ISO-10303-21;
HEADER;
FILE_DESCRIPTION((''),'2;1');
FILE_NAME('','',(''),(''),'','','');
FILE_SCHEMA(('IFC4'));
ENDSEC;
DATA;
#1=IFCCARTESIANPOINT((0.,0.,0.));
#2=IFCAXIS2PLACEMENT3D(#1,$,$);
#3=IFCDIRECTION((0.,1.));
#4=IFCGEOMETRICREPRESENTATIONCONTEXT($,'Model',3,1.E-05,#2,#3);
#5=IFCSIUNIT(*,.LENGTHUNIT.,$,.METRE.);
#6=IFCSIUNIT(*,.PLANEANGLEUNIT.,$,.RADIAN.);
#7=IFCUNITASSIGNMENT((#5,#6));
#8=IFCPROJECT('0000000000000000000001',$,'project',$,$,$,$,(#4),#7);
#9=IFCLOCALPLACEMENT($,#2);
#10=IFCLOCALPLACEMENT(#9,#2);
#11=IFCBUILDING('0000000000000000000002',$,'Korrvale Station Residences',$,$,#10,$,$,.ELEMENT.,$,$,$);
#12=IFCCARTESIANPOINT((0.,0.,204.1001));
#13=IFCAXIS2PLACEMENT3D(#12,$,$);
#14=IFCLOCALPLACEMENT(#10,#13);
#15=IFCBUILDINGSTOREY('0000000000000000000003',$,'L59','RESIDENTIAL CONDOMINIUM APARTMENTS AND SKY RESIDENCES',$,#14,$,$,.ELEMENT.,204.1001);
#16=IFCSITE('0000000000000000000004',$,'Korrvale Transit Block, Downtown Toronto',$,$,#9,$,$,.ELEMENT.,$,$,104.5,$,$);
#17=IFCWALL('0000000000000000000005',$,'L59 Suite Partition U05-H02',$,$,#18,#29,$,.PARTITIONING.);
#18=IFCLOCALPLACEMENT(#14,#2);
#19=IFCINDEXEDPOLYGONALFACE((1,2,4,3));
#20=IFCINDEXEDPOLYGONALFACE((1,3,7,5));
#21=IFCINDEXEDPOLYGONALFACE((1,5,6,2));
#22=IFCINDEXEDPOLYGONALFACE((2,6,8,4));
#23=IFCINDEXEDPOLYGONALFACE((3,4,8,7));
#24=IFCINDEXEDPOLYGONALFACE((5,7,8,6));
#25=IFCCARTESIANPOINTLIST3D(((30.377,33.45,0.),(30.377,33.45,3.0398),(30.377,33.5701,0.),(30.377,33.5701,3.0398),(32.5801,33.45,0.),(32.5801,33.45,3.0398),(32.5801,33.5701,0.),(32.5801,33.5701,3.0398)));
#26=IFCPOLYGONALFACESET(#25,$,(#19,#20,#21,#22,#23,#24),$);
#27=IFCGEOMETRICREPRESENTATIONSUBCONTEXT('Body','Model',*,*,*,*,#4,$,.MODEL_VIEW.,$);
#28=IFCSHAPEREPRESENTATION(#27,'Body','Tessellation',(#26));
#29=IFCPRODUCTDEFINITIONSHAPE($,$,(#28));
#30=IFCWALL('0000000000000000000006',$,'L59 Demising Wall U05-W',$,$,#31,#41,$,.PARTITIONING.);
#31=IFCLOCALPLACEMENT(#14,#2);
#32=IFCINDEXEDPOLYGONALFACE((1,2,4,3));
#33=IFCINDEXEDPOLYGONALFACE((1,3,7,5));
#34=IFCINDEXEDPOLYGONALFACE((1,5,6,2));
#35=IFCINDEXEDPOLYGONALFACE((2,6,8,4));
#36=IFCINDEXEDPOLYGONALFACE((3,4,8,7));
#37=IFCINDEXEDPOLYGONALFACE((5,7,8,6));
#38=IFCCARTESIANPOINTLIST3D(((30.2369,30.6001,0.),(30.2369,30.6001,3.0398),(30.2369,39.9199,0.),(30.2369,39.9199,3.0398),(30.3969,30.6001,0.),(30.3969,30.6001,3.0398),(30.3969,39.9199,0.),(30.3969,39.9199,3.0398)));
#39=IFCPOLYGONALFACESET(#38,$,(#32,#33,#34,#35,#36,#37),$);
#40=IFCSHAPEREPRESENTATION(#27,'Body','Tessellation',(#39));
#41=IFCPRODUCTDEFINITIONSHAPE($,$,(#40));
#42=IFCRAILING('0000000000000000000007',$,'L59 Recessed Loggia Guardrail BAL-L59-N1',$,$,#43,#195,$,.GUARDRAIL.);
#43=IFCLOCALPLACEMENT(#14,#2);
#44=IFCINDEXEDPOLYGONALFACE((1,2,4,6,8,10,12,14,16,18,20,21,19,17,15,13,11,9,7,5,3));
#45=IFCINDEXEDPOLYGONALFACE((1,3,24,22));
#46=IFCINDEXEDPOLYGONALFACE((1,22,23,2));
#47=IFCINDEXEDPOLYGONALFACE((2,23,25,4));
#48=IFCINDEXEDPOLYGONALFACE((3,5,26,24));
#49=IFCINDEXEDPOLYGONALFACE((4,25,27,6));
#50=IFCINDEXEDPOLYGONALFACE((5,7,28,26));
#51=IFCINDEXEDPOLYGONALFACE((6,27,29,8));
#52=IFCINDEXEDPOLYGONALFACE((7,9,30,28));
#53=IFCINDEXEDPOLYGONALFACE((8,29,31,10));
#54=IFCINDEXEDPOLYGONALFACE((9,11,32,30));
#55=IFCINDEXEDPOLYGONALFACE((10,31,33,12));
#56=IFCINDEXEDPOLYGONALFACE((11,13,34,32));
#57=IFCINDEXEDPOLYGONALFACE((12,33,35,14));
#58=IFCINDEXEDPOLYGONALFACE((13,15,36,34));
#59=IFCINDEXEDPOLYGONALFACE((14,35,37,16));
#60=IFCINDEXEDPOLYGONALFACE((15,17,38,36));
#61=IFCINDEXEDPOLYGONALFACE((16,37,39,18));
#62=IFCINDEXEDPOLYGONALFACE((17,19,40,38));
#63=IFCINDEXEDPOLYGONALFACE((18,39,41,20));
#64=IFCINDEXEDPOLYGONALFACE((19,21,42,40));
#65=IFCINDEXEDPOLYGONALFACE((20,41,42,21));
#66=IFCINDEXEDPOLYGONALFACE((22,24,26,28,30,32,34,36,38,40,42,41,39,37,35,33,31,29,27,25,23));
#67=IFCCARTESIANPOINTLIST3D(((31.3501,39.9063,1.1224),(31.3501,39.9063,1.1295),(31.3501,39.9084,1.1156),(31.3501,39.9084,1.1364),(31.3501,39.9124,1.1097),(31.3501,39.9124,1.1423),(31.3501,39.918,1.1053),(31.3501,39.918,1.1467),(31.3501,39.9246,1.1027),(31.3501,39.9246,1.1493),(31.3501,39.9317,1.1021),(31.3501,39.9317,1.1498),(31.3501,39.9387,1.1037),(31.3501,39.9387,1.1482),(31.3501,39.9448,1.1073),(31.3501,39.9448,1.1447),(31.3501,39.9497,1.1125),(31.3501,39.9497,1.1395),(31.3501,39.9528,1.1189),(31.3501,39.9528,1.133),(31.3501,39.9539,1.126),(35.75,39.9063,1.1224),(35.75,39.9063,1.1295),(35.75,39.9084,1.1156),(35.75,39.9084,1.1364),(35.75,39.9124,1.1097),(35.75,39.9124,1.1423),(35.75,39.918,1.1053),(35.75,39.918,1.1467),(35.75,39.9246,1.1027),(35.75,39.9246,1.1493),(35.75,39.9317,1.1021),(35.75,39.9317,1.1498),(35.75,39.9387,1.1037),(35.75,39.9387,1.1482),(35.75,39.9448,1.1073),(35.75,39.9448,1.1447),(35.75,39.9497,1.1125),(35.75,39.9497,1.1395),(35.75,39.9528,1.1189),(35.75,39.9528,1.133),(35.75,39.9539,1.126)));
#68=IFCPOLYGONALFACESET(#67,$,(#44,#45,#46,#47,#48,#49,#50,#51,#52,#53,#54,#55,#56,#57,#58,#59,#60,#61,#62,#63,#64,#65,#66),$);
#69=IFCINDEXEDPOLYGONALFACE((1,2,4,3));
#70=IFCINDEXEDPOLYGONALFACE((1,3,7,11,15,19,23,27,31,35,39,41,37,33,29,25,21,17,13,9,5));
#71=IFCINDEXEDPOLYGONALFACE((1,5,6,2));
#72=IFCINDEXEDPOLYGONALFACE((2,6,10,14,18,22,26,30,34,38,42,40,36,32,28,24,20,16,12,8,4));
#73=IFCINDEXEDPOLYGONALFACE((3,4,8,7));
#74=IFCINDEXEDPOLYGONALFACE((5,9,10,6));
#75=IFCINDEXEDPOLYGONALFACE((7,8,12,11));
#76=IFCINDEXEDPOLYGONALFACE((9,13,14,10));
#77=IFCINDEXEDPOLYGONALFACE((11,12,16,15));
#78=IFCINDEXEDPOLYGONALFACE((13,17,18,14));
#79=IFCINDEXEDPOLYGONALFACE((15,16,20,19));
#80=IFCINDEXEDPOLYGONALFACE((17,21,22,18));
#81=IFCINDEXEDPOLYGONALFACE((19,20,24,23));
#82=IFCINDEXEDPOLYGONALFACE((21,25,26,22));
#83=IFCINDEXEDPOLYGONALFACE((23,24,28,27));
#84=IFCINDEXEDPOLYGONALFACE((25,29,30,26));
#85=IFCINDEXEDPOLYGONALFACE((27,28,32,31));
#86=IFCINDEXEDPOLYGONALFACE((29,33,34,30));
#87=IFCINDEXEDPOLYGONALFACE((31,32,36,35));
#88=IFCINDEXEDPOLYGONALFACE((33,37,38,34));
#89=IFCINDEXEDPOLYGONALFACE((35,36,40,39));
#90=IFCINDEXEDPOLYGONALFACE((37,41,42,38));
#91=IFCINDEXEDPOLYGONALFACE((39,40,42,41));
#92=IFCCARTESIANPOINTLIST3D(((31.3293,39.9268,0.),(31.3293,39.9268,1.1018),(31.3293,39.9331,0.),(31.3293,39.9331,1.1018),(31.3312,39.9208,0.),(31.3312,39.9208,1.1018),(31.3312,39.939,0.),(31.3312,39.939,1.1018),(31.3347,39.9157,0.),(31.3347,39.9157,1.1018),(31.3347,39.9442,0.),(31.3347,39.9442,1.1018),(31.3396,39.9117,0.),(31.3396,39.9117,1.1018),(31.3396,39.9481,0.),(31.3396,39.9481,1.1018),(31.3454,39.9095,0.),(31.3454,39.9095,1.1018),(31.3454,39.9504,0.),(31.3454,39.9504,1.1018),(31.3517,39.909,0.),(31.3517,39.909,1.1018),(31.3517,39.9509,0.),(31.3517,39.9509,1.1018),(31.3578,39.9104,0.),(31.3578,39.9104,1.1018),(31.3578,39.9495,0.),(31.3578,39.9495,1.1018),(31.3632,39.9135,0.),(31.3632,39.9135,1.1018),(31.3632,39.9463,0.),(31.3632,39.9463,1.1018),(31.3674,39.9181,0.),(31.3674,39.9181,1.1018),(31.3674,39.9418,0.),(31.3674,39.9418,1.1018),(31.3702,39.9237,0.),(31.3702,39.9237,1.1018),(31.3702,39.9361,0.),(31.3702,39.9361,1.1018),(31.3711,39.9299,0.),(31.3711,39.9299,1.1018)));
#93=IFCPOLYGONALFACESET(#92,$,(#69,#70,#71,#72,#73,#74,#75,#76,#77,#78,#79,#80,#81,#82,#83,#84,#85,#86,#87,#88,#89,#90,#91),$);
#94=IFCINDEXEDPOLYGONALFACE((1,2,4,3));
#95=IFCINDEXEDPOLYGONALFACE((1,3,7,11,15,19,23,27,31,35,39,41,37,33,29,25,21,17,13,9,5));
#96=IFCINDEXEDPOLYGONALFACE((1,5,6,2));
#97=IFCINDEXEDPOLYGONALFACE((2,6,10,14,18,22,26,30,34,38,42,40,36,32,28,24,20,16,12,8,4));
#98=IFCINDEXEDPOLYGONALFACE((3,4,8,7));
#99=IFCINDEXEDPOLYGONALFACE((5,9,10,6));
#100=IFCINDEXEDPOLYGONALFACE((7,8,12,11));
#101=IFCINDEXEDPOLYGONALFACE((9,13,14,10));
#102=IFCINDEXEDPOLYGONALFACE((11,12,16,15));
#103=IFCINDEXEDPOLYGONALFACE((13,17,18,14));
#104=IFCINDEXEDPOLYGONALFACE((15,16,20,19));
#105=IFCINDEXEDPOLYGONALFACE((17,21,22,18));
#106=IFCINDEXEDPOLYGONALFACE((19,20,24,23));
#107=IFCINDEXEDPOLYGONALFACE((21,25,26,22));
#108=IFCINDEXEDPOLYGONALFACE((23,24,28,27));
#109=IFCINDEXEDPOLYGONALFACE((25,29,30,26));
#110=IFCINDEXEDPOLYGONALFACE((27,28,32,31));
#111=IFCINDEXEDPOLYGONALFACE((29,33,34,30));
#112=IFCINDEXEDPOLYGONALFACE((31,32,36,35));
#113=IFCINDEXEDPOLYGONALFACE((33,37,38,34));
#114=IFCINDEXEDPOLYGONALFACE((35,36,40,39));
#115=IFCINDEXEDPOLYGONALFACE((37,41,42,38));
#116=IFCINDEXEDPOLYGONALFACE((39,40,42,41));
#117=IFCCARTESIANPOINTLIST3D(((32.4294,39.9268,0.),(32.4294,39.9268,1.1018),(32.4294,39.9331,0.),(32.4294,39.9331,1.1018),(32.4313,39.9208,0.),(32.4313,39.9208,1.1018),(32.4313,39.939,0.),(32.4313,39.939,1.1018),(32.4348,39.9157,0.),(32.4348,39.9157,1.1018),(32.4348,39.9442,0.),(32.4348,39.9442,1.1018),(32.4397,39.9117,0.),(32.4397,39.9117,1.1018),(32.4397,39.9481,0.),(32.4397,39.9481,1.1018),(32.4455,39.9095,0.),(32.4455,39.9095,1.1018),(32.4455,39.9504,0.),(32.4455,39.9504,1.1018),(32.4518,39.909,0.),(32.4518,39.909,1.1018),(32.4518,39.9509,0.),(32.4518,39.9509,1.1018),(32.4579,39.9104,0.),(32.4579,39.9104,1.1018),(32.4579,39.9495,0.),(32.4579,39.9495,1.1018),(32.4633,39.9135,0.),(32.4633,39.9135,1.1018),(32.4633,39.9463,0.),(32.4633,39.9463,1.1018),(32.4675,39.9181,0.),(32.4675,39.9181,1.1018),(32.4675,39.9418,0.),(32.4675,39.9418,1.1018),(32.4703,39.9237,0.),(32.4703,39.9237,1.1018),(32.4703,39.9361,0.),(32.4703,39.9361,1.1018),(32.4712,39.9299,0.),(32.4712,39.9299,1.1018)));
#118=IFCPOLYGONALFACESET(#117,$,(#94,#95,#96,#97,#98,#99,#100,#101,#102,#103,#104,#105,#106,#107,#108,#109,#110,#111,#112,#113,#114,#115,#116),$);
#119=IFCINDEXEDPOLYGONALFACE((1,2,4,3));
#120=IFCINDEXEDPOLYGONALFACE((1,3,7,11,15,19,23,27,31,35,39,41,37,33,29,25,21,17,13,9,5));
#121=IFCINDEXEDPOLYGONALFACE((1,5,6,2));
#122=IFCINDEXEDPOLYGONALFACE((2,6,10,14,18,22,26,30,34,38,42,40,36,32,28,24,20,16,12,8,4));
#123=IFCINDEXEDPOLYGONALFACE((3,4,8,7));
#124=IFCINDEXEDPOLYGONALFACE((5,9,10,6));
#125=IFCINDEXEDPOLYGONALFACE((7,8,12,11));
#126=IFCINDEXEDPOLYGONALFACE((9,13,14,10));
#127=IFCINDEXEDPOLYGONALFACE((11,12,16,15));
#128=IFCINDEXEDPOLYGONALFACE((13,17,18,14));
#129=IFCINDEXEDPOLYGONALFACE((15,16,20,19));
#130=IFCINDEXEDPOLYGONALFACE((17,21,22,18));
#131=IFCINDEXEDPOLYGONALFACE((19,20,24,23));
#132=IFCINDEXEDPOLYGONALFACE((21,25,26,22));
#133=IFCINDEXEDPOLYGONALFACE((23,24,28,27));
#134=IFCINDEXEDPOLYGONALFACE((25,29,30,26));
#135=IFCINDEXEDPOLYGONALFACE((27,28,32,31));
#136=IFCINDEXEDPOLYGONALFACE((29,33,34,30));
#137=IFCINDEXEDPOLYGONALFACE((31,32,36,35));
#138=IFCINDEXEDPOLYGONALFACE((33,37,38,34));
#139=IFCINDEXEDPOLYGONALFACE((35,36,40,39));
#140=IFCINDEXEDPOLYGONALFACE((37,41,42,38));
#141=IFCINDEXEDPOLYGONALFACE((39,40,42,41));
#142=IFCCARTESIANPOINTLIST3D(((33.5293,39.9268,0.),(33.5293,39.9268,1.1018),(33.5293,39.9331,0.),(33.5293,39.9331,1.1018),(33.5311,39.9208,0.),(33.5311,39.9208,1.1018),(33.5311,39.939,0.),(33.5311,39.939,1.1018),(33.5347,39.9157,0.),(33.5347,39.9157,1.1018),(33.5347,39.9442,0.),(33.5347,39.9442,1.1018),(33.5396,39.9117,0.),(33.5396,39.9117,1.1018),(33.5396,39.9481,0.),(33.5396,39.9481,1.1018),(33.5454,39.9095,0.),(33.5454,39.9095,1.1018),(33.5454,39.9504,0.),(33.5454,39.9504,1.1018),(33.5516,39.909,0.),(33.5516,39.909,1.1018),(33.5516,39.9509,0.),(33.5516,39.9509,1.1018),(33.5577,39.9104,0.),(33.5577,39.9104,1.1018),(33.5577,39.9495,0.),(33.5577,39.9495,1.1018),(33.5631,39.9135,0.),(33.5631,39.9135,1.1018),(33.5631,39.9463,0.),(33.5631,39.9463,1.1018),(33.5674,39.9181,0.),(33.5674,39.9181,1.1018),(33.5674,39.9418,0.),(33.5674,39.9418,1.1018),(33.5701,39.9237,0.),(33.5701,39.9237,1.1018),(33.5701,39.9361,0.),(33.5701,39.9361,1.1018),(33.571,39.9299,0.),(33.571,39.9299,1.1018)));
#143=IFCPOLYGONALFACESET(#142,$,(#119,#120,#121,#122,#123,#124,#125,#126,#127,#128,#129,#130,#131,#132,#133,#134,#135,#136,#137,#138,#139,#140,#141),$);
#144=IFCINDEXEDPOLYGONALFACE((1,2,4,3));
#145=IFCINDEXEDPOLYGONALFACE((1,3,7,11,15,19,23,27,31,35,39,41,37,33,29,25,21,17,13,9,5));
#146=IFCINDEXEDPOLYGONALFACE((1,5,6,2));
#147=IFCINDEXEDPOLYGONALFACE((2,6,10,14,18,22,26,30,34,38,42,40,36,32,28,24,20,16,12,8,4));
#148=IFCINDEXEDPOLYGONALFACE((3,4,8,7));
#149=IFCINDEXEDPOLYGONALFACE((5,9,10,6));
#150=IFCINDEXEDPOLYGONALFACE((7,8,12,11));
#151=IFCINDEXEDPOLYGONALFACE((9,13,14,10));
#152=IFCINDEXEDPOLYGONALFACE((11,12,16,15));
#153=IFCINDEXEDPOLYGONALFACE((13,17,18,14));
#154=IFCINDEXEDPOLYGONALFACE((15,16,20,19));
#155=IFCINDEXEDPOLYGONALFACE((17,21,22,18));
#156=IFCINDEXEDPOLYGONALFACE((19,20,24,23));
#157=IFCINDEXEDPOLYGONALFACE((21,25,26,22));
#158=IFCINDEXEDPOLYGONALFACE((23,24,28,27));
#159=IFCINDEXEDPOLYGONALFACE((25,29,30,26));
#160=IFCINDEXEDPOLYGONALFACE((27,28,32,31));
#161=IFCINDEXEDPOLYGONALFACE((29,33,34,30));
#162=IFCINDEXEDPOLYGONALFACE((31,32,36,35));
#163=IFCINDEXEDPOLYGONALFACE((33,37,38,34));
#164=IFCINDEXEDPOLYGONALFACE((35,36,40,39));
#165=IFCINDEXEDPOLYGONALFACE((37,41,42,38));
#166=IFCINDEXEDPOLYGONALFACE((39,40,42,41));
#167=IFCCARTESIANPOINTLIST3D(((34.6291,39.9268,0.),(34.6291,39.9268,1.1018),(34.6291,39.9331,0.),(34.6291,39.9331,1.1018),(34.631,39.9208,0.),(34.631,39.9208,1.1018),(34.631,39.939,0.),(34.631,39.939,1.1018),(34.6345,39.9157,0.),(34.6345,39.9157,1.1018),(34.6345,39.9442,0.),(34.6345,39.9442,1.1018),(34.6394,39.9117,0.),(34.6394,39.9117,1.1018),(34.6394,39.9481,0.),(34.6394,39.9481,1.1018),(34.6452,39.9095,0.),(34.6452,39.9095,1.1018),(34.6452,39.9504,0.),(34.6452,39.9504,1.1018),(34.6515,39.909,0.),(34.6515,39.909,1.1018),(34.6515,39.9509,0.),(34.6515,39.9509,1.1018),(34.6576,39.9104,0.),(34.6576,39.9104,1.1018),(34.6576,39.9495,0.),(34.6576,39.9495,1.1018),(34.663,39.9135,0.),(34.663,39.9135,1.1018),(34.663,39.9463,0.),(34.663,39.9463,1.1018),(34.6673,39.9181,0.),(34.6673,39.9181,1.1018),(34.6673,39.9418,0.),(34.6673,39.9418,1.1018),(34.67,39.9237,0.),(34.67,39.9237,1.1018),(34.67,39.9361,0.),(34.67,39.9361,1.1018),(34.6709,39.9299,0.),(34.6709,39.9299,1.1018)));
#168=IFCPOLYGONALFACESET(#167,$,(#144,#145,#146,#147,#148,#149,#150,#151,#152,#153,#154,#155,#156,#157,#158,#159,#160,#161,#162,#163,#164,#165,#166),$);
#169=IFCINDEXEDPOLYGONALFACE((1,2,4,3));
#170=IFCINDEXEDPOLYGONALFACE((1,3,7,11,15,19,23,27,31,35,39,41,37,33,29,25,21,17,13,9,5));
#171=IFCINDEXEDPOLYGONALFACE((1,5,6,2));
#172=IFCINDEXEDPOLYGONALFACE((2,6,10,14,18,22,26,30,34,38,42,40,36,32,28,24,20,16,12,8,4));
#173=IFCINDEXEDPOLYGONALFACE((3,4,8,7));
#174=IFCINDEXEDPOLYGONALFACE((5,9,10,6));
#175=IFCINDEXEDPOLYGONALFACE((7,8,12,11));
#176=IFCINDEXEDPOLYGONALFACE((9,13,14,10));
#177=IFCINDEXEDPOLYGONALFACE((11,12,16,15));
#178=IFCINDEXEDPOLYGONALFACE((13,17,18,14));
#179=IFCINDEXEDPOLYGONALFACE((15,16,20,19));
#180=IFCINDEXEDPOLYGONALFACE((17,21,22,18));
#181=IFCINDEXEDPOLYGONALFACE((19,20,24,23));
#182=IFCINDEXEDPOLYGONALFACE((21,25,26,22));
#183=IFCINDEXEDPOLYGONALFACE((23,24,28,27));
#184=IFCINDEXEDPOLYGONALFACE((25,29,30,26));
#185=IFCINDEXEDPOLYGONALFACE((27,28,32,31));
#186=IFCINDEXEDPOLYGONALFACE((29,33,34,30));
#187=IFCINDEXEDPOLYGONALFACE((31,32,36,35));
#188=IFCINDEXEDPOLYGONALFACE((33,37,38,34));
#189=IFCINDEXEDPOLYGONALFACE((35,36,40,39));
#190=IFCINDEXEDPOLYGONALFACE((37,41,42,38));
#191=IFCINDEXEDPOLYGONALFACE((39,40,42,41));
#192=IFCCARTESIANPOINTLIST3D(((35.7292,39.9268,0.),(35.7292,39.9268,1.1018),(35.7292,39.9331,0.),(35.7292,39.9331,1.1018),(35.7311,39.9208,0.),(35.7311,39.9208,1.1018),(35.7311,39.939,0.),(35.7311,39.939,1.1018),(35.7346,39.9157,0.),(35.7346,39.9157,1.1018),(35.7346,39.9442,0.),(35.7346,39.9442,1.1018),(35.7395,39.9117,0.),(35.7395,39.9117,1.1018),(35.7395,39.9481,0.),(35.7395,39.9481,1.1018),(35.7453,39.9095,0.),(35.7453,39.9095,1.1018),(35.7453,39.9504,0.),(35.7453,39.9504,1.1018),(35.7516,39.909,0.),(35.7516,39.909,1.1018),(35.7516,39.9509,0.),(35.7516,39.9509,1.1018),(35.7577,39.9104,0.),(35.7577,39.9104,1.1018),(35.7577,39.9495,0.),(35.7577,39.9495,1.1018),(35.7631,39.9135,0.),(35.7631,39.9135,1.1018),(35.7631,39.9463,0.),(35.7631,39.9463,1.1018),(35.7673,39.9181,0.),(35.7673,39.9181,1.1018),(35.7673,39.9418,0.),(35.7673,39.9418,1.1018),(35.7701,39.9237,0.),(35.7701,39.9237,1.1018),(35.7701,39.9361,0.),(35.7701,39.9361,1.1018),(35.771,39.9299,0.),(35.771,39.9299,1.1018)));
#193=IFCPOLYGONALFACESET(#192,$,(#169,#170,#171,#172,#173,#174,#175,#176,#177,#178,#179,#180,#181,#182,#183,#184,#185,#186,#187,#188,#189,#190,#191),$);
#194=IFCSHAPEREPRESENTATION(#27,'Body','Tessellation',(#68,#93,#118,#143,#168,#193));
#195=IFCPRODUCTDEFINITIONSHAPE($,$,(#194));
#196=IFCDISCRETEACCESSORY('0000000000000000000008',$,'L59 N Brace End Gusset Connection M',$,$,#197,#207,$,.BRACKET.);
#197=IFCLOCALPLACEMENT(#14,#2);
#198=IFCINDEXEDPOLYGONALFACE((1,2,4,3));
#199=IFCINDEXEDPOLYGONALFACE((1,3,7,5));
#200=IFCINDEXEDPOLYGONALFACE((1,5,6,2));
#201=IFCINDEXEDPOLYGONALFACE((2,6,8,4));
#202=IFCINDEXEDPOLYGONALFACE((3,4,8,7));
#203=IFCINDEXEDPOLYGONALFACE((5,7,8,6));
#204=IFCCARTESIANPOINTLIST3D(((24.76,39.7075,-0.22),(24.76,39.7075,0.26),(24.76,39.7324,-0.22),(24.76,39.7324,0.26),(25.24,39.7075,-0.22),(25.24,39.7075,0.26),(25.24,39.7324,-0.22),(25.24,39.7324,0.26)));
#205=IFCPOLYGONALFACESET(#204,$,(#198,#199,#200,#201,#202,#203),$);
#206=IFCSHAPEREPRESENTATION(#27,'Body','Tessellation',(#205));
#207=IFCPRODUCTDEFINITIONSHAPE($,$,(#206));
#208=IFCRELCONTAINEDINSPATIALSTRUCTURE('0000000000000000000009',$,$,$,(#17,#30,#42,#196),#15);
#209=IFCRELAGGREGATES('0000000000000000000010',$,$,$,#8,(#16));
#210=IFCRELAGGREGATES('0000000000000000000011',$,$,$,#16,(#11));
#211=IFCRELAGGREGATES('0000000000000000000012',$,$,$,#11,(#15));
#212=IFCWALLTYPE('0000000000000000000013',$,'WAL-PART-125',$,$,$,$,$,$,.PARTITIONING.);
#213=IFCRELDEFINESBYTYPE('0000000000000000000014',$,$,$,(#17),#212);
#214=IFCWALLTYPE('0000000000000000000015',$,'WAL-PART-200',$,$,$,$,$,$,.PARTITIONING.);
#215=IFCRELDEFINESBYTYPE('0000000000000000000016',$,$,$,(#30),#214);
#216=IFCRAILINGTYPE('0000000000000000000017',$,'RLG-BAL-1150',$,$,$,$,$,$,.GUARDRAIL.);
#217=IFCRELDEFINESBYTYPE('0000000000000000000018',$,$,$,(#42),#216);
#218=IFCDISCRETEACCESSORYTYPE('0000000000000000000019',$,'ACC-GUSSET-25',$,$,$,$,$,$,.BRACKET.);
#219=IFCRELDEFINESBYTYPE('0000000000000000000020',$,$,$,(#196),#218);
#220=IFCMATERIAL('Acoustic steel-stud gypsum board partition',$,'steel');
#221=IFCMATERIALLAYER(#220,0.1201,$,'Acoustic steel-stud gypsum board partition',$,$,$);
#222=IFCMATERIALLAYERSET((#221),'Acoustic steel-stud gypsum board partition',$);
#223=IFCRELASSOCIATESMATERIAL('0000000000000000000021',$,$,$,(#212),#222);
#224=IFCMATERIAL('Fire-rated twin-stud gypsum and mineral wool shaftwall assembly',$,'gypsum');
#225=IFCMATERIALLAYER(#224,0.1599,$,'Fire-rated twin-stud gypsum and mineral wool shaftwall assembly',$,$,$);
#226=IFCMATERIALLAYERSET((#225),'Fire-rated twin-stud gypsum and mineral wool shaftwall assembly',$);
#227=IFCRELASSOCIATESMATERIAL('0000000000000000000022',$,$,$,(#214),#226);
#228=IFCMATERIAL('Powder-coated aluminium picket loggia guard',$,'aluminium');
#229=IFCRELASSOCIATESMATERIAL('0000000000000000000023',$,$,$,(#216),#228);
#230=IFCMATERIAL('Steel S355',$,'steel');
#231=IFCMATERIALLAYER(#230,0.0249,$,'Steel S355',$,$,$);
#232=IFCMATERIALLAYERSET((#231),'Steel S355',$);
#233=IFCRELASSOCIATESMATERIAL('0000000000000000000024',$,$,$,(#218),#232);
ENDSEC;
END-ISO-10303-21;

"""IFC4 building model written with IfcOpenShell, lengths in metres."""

from ifc_helpers import new_model, si_unit, direction, frame, frame_2d, origin, origin_2d, place, context, subcontext, project, spatial, rectangle, circle, extrude, material, layer, layer_set, type_object, element, save


model = new_model("IFC4")

# Units and contexts
model_context = context("Model", 3, precision=1e-05, world=origin(), true_north=direction((0.0, 1.0)))
body_context = subcontext(model_context, "Body", "Model", "MODEL_VIEW")
ifc_project = project(units=[si_unit("LENGTHUNIT", "METRE"), si_unit("PLANEANGLEUNIT", "RADIAN")], contexts=[model_context])

# Site, building, storey
site_placement = place(None, origin())
site = spatial("IfcSite", under=ifc_project, at=site_placement, Name="Korrvale Transit Block, Downtown Toronto", CompositionType="ELEMENT", RefElevation=104.5)
building_placement = place(site_placement, origin())
building = spatial("IfcBuilding", under=site, at=building_placement, Name="Korrvale Station Residences", CompositionType="ELEMENT")
storey_placement = place(building_placement, frame((0.0, 0.0, 204.1001)))
storey = spatial("IfcBuildingStorey", under=building, at=storey_placement, Name="L59", Description="RESIDENTIAL CONDOMINIUM APARTMENTS AND SKY RESIDENCES", CompositionType="ELEMENT", Elevation=204.1001)

# Shared definitions
ifc_material_1 = material(Name="Steel S355", Category="steel")

# Shared definitions
ifc_material_2 = material(Name="Acoustic steel-stud gypsum board partition", Category="steel")
ifc_layer_1 = layer(ifc_material_2, 0.1201, Name="Acoustic steel-stud gypsum board partition")
ifc_layer_set_1 = layer_set([ifc_layer_1], Name="Acoustic steel-stud gypsum board partition")
wall_type_1 = type_object("IfcWallType", Name="WAL-PART-125", PredefinedType="PARTITIONING", material=ifc_layer_set_1)

# Walls
wall_1_placement = place(storey_placement, frame((30.377, 33.51, 0.0), z_axis=(0.0, 0.0, 1.0), x_axis=(1.0, 0.0, 0.0)))
element("IfcWall", 1, at=wall_1_placement, inside=storey, type_object=wall_type_1, Name="L59 Suite Partition U05-H02", PredefinedType="PARTITIONING", context=body_context, shape_type="SweptSolid", body=[
    extrude(rectangle(XDim=2.2031, YDim=0.1201, at=frame_2d((1.1016, 0.0))), origin(), (0.0, 0.0, 1.0), 3.0398),
])
ifc_material_3 = material(Name="Fire-rated twin-stud gypsum and mineral wool shaftwall assembly", Category="gypsum")
ifc_layer_2 = layer(ifc_material_3, 0.1599, Name="Fire-rated twin-stud gypsum and mineral wool shaftwall assembly")
ifc_layer_set_2 = layer_set([ifc_layer_2], Name="Fire-rated twin-stud gypsum and mineral wool shaftwall assembly")
wall_type_2 = type_object("IfcWallType", Name="WAL-PART-200", PredefinedType="PARTITIONING", material=ifc_layer_set_2)
wall_2_placement = place(storey_placement, frame((30.3169, 30.6001, 0.0), z_axis=(0.0, 0.0, 1.0), x_axis=(0.0, 1.0, 0.0)))
element("IfcWall", 2, at=wall_2_placement, inside=storey, type_object=wall_type_2, Name="L59 Demising Wall U05-W", PredefinedType="PARTITIONING", context=body_context, shape_type="SweptSolid", body=[
    extrude(rectangle(XDim=9.3198, YDim=0.1599, at=frame_2d((4.6599, 0.0))), origin(), (0.0, 0.0, 1.0), 3.0398),
])

# Railing
ifc_material_4 = material(Name="Powder-coated aluminium picket loggia guard", Category="aluminium")
railing_type = type_object("IfcRailingType", Name="RLG-BAL-1150", PredefinedType="GUARDRAIL", material=ifc_material_4)
railing_placement = place(storey_placement, frame((31.3501, 39.9299, 0.0)))
element("IfcRailing", 3, at=railing_placement, inside=storey, type_object=railing_type, Name="L59 Recessed Loggia Guardrail BAL-L59-N1", PredefinedType="GUARDRAIL", context=body_context, shape_type="SweptSolid", body=[
    extrude(circle(Radius=0.0239, at=origin_2d()), frame((0.0, 0.0, 1.126), z_axis=(1.0, 0.0, 0.0), x_axis=(0.0, 1.0, 0.0)), (0.0, 0.0, 1.0), 4.3999),
    extrude(circle(Radius=0.021, at=origin_2d()), origin(), (0.0, 0.0, 1.0), 1.1018),
    extrude(circle(Radius=0.021, at=origin_2d()), frame((1.1001, 0.0, 0.0)), (0.0, 0.0, 1.0), 1.1018),
    extrude(circle(Radius=0.021, at=origin_2d()), frame((2.2, 0.0, 0.0)), (0.0, 0.0, 1.0), 1.1018),
    extrude(circle(Radius=0.021, at=origin_2d()), frame((3.2998, 0.0, 0.0)), (0.0, 0.0, 1.0), 1.1018),
    extrude(circle(Radius=0.021, at=origin_2d()), frame((4.3999, 0.0, 0.0)), (0.0, 0.0, 1.0), 1.1018),
])

# Discrete accessory
ifc_layer_3 = layer(ifc_material_1, 0.0249, Name="Steel S355")
ifc_layer_set_3 = layer_set([ifc_layer_3], Name="Steel S355")
discrete_accessory_type = type_object("IfcDiscreteAccessoryType", Name="ACC-GUSSET-25", PredefinedType="BRACKET", material=ifc_layer_set_3)
for number, where, z_axis, x_axis, name in (
    (4, (25.0, 39.72, -0.22), (0.0, 0.0, 1.0), (1.0, 0.0, 0.0), "L59 N Brace End Gusset Connection M"),
):
    element("IfcDiscreteAccessory", number, at=place(storey_placement, frame(where, z_axis=z_axis, x_axis=x_axis)), inside=storey, type_object=discrete_accessory_type, Name=name, PredefinedType="BRACKET", context=body_context, shape_type="SweptSolid", body=[
        extrude(rectangle(XDim=0.48, YDim=0.0249, at=origin_2d()), origin(), (0.0, 0.0, 1.0), 0.48),
    ])

save(model, "model.ifc")
